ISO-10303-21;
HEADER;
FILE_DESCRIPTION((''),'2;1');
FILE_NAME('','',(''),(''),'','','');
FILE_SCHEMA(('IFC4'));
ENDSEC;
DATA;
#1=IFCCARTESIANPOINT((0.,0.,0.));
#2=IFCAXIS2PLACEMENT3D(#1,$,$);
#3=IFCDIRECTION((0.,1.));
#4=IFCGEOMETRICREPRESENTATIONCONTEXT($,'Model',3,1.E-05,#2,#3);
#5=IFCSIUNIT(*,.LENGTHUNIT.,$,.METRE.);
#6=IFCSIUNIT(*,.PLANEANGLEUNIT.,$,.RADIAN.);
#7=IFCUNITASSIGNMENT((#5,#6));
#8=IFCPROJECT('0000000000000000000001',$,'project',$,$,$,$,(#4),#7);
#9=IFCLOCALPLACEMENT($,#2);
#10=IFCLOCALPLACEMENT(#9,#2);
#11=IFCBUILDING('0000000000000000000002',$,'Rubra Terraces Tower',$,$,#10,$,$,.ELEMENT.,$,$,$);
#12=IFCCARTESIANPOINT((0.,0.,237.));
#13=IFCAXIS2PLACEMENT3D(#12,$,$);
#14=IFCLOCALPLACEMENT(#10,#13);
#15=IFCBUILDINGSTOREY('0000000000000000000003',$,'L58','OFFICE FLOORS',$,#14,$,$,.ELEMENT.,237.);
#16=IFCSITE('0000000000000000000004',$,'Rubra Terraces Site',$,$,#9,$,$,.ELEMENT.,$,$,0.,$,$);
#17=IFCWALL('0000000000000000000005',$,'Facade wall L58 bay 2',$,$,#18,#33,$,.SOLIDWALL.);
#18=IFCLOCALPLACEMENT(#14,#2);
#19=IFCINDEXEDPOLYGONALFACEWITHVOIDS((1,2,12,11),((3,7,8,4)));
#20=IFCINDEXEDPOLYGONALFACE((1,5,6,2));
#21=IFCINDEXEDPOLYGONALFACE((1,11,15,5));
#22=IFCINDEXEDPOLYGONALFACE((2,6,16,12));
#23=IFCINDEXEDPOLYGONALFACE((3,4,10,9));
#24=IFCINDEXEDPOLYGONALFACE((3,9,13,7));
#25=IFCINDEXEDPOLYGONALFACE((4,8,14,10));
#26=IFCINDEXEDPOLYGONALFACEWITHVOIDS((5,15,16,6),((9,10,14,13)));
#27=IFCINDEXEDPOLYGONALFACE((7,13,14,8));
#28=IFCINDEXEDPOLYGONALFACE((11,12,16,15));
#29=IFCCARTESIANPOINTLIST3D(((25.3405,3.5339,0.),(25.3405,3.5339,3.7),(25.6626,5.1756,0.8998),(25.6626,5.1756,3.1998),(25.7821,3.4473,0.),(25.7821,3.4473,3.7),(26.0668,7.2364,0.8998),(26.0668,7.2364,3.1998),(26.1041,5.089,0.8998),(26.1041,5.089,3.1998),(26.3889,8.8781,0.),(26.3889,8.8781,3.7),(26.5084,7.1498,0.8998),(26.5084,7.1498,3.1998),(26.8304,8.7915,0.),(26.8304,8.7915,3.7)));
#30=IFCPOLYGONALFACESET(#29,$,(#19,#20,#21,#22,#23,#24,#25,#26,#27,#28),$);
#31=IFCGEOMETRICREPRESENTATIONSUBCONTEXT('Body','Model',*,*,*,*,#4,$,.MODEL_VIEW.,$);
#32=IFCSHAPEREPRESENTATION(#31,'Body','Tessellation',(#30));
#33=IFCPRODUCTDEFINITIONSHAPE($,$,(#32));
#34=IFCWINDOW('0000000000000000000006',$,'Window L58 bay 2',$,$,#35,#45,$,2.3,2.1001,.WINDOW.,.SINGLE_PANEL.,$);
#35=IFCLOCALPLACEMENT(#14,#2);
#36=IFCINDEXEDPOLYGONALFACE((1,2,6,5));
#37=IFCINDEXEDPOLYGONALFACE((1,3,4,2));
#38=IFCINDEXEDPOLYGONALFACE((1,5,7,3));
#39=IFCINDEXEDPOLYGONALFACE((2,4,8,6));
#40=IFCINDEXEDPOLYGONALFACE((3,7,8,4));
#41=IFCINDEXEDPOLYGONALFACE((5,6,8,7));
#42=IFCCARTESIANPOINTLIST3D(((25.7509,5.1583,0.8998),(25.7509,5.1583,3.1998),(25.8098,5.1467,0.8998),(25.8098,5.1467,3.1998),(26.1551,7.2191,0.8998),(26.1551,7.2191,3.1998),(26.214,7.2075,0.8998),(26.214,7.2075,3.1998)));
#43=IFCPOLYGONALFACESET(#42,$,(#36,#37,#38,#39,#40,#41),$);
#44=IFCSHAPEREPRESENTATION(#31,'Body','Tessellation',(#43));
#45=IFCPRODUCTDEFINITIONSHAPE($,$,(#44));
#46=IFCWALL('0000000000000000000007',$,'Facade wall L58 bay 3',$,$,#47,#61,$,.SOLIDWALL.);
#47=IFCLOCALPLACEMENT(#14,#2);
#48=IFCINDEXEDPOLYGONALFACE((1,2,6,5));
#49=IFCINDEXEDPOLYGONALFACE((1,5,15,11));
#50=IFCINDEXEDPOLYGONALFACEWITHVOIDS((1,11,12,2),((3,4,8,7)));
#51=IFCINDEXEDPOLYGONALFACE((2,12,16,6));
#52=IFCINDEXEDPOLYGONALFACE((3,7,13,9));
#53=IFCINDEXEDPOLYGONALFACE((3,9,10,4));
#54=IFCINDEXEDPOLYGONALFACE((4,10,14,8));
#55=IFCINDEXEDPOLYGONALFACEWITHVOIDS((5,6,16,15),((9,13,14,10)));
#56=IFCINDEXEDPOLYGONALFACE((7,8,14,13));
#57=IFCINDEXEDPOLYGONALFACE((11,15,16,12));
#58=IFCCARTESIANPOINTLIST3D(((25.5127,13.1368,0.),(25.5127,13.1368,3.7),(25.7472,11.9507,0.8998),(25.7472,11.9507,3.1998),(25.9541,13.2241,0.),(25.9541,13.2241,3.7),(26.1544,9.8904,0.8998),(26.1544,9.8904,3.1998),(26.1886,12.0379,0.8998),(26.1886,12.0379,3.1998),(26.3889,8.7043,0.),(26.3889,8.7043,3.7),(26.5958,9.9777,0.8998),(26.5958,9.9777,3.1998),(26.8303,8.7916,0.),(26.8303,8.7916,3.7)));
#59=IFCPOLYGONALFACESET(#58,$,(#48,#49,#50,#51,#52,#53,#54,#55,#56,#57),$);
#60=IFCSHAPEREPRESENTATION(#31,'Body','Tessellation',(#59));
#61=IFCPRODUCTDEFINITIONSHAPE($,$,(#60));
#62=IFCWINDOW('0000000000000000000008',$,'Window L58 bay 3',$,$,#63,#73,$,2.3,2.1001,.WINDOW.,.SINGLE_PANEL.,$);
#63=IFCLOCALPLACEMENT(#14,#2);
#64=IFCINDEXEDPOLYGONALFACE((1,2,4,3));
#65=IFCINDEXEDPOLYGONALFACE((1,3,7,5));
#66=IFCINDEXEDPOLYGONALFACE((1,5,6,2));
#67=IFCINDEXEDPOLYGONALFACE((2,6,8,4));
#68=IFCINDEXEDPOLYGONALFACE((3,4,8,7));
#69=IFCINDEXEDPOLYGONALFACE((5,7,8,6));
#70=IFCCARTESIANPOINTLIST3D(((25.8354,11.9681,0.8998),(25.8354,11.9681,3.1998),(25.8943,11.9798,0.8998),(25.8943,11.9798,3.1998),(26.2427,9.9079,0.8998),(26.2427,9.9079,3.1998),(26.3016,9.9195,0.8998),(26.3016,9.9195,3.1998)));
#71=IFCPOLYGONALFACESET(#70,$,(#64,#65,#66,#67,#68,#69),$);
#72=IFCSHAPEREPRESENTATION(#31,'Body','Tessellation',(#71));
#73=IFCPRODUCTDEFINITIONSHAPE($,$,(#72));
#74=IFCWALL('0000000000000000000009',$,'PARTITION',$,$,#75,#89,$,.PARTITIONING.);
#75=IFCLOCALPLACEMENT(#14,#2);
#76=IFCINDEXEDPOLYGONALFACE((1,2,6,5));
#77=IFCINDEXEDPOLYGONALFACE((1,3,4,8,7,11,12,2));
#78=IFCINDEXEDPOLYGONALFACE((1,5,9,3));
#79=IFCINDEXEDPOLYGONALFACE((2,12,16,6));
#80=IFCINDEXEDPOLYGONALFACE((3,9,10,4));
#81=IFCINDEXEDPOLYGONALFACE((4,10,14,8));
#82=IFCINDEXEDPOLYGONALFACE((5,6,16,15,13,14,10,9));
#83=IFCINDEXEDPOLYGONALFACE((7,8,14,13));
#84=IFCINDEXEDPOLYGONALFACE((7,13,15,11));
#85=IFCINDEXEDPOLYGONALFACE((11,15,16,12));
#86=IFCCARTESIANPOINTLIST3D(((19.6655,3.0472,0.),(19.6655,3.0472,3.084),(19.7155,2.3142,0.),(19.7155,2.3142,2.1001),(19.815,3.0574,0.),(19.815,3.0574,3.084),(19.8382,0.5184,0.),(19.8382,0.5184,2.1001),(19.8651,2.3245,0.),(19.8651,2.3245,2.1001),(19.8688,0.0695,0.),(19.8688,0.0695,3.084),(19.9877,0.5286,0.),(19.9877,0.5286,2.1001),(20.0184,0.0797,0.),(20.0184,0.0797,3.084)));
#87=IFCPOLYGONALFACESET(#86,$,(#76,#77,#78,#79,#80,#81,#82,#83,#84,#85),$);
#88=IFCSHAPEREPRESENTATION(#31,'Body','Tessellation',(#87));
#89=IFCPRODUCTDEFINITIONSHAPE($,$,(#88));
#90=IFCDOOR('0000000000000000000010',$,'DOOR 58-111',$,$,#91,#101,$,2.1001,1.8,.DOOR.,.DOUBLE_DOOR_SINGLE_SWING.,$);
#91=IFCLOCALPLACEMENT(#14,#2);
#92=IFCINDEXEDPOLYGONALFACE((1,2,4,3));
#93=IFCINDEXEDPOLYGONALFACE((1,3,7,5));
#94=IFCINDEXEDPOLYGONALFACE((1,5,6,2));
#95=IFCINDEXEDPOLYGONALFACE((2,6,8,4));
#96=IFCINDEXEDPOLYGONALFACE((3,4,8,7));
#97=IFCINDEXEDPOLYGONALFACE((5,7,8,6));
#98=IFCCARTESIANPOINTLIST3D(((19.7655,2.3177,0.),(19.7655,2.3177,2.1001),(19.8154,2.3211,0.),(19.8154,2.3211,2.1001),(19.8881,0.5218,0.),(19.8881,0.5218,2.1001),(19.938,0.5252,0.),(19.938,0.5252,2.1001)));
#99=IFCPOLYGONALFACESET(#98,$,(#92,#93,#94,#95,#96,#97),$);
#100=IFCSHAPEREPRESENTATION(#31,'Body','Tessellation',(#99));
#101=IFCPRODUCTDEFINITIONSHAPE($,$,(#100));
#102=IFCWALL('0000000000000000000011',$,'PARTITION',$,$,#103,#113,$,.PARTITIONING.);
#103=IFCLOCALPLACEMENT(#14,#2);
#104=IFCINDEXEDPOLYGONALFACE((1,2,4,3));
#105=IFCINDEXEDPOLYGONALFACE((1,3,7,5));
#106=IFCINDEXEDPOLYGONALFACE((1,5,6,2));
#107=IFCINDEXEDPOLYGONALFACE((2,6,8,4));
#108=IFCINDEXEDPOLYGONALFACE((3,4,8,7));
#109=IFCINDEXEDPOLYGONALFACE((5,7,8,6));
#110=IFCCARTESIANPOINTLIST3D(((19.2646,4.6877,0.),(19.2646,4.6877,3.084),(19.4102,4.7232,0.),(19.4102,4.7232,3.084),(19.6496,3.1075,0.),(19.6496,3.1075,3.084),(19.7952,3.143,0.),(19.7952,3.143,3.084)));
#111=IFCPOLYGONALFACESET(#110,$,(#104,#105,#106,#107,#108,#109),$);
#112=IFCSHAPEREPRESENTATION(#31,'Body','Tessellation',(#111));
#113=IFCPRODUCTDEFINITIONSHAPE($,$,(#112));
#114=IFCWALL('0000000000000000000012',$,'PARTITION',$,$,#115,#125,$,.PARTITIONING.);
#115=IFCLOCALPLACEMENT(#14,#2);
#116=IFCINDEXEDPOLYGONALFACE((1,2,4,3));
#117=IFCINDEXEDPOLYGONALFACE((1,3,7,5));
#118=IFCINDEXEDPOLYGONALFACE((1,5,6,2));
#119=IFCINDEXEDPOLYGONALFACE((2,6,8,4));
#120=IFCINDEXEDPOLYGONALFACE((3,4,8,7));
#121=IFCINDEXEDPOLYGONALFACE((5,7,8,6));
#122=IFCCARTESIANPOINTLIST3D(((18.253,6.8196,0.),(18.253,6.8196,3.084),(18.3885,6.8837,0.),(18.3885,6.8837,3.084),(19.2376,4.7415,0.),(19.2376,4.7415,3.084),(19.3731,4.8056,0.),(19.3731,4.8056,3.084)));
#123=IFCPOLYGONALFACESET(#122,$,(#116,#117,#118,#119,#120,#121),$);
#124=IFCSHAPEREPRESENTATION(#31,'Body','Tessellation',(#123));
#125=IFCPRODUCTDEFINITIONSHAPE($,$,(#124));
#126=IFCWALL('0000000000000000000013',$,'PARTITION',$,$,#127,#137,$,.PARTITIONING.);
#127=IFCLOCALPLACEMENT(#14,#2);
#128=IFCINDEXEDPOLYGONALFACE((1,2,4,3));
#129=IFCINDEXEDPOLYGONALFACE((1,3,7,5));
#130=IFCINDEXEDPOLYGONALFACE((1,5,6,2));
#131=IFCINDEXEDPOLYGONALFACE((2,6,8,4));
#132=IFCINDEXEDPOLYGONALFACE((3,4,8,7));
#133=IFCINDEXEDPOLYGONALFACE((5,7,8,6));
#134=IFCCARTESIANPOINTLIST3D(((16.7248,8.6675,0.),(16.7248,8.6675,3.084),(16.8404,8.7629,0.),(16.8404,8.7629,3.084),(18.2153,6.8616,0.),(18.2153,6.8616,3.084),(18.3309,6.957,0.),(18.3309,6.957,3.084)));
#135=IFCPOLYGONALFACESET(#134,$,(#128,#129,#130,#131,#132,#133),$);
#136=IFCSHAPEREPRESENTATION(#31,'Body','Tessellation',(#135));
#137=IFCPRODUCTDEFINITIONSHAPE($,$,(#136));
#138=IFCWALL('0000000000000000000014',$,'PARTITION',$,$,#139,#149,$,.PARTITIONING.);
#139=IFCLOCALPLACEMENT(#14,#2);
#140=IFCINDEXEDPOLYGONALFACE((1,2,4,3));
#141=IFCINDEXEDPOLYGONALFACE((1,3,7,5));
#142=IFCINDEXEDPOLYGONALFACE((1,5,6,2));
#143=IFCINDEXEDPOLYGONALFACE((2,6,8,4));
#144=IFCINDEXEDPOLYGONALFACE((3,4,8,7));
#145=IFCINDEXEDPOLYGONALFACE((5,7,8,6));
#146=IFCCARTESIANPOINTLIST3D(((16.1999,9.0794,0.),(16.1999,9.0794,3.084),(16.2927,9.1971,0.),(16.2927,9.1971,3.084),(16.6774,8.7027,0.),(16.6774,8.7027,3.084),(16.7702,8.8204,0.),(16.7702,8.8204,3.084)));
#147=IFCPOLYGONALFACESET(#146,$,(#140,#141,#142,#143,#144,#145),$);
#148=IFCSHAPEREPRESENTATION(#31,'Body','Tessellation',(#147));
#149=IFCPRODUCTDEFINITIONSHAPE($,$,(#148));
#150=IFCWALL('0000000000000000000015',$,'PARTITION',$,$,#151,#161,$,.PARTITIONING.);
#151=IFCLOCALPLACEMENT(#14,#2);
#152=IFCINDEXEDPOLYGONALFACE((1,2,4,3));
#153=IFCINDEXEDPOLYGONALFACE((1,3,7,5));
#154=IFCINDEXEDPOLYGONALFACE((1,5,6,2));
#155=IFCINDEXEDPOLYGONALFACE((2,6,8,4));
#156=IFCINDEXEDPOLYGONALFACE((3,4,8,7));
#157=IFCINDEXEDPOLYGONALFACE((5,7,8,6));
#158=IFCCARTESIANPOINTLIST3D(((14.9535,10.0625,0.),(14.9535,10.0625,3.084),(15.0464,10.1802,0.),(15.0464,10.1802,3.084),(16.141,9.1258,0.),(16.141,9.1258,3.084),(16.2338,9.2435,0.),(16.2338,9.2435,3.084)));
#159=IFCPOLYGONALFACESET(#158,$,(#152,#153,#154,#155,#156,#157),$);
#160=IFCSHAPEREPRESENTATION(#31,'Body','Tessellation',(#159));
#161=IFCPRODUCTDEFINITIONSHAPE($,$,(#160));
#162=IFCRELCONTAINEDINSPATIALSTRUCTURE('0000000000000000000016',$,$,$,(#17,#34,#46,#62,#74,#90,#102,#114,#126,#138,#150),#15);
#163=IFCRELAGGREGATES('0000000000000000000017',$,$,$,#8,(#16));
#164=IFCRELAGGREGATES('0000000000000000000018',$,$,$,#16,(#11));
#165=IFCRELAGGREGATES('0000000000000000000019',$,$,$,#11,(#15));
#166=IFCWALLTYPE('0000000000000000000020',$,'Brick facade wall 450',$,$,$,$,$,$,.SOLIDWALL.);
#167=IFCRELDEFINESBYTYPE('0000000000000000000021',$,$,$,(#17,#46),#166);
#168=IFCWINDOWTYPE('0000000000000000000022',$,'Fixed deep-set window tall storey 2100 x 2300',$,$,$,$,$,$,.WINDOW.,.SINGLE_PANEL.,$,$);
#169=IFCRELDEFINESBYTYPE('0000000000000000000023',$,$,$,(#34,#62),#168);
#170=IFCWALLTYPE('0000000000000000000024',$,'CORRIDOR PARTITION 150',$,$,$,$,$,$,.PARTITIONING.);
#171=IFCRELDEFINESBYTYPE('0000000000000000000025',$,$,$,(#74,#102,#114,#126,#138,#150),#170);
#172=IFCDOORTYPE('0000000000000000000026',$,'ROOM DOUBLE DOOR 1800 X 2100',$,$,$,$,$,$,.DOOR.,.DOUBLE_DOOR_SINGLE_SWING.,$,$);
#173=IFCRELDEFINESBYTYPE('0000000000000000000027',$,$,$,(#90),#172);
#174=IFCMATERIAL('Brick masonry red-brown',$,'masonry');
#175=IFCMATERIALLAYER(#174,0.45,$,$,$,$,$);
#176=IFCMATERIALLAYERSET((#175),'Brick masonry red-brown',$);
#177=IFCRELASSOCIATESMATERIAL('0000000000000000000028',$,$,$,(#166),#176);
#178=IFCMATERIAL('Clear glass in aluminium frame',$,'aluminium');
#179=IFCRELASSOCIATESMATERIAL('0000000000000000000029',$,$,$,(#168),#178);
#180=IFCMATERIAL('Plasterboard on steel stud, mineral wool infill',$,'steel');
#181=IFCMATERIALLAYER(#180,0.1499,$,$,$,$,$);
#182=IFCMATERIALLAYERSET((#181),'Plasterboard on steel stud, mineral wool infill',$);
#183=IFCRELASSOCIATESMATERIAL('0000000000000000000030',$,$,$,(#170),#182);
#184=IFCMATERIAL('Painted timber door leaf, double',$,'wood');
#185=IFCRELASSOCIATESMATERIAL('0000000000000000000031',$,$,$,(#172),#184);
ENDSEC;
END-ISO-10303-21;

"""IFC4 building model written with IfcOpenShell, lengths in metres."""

from ifc_helpers import new_model, si_unit, direction, frame, frame_2d, origin, place, context, subcontext, project, spatial, rectangle, extrude, material, layer, layer_set, type_object, element, fill, save


model = new_model("IFC4")

# Units and contexts
model_context = context("Model", 3, precision=1e-05, world=origin(), true_north=direction((0.0, 1.0)))
body_context = subcontext(model_context, "Body", "Model", "MODEL_VIEW")
ifc_project = project(units=[si_unit("LENGTHUNIT", "METRE"), si_unit("PLANEANGLEUNIT", "RADIAN")], contexts=[model_context])

# Site, building, storey
site_placement = place(None, origin())
site = spatial("IfcSite", under=ifc_project, at=site_placement, Name="Rubra Terraces Site", CompositionType="ELEMENT", RefElevation=0.0)
building_placement = place(site_placement, origin())
building = spatial("IfcBuilding", under=site, at=building_placement, Name="Rubra Terraces Tower", CompositionType="ELEMENT")
storey_placement = place(building_placement, frame((0.0, 0.0, 237.0)))
storey = spatial("IfcBuildingStorey", under=building, at=storey_placement, Name="L58", Description="OFFICE FLOORS", CompositionType="ELEMENT", Elevation=237.0)

# Walls, openings, windows
ifc_material_1 = material(Name="Brick masonry red-brown", Category="masonry")
ifc_layer_1 = layer(ifc_material_1, 0.45)
ifc_layer_set_1 = layer_set([ifc_layer_1], Name="Brick masonry red-brown")
wall_type_1 = type_object("IfcWallType", Name="Brick facade wall 450", PredefinedType="SOLIDWALL", material=ifc_layer_set_1)
wall_1_placement = place(storey_placement, frame((25.5613, 3.4905, 0.0), z_axis=(0.0, 0.0, 1.0), x_axis=(0.192494, 0.981298, 0.0)))
wall_1 = element("IfcWall", 1, at=wall_1_placement, inside=storey, type_object=wall_type_1, Name="Facade wall L58 bay 2", PredefinedType="SOLIDWALL", context=body_context, shape_type="SweptSolid", body=[
    extrude(rectangle(XDim=5.446, YDim=0.45, at=frame_2d((2.7231, 0.0))), origin(), (0.0, 0.0, 1.0), 3.7),
])
opening_1_placement = place(wall_1_placement, frame((1.6731, 0.0, 0.8999)))
opening_1 = element("IfcOpeningElement", 2, at=opening_1_placement, cuts=wall_1, PredefinedType="OPENING", context=body_context, shape_type="SweptSolid", body=[
    extrude(rectangle(XDim=2.1001, YDim=2.3, at=frame_2d((1.05, 1.1499))), frame((0.0, 0.2349, 0.0), z_axis=(0.0, -1.0, 0.0), x_axis=(1.0, 0.0, 0.0)), (0.0, 0.0, 1.0), 0.47),
])
ifc_material_2 = material(Name="Clear glass in aluminium frame", Category="aluminium")
window_type = type_object("IfcWindowType", Name="Fixed deep-set window tall storey 2100 x 2300", PartitioningType="SINGLE_PANEL", PredefinedType="WINDOW", material=ifc_material_2)
window_1_placement = place(opening_1_placement, origin())
window_1 = element("IfcWindow", 3, at=window_1_placement, inside=storey, type_object=window_type, Name="Window L58 bay 2", OverallHeight=2.3, OverallWidth=2.1001, PartitioningType="SINGLE_PANEL", PredefinedType="WINDOW", context=body_context, shape_type="SweptSolid", body=[
    extrude(rectangle(XDim=2.1001, YDim=2.3, at=frame_2d((1.05, 1.1499))), frame((0.0, 0.135, 0.0), z_axis=(0.0, -1.0, 0.0), x_axis=(1.0, 0.0, 0.0)), (0.0, 0.0, 1.0), 0.0601),
])
fill(opening_1, window_1)
wall_2_placement = place(storey_placement, frame((26.6096, 8.7478, 0.0), z_axis=(0.0, 0.0, 1.0), x_axis=(-0.193923, 0.981017, 0.0)))
wall_2 = element("IfcWall", 4, at=wall_2_placement, inside=storey, type_object=wall_type_1, Name="Facade wall L58 bay 3", PredefinedType="SOLIDWALL", context=body_context, shape_type="SweptSolid", body=[
    extrude(rectangle(XDim=4.5183, YDim=0.45, at=frame_2d((2.2593, 0.0))), origin(), (0.0, 0.0, 1.0), 3.7),
])
opening_2_placement = place(wall_2_placement, frame((1.2092, 0.0, 0.8999)))
opening_2 = element("IfcOpeningElement", 5, at=opening_2_placement, cuts=wall_2, PredefinedType="OPENING", context=body_context, shape_type="SweptSolid", body=[
    extrude(rectangle(XDim=2.1001, YDim=2.3, at=frame_2d((1.05, 1.1499))), frame((0.0, 0.2349, 0.0), z_axis=(0.0, -1.0, 0.0), x_axis=(1.0, 0.0, 0.0)), (0.0, 0.0, 1.0), 0.47),
])
window_2_placement = place(opening_2_placement, origin())
window_2 = element("IfcWindow", 6, at=window_2_placement, inside=storey, type_object=window_type, Name="Window L58 bay 3", OverallHeight=2.3, OverallWidth=2.1001, PartitioningType="SINGLE_PANEL", PredefinedType="WINDOW", context=body_context, shape_type="SweptSolid", body=[
    extrude(rectangle(XDim=2.1001, YDim=2.3, at=frame_2d((1.05, 1.1499))), frame((0.0, 0.135, 0.0), z_axis=(0.0, -1.0, 0.0), x_axis=(1.0, 0.0, 0.0)), (0.0, 0.0, 1.0), 0.0601),
])
fill(opening_2, window_2)

# Wall, opening, door
ifc_material_3 = material(Name="Plasterboard on steel stud, mineral wool infill", Category="steel")
ifc_layer_2 = layer(ifc_material_3, 0.1499)
ifc_layer_set_2 = layer_set([ifc_layer_2], Name="Plasterboard on steel stud, mineral wool infill")
wall_type_2 = type_object("IfcWallType", Name="CORRIDOR PARTITION 150", PredefinedType="PARTITIONING", material=ifc_layer_set_2)
wall_3_placement = place(storey_placement, frame((19.9436, 0.0747, 0.0), z_axis=(0.0, 0.0, 1.0), x_axis=(-0.068137, 0.997676, 0.0)))
wall_3 = element("IfcWall", 7, at=wall_3_placement, inside=storey, type_object=wall_type_2, Name="PARTITION", PredefinedType="PARTITIONING", context=body_context, shape_type="SweptSolid", body=[
    extrude(rectangle(XDim=2.9846, YDim=0.1499, at=frame_2d((1.4922, 0.0))), origin(), (0.0, 0.0, 1.0), 3.084),
])
opening_3_placement = place(wall_3_placement, frame((0.45, 0.0, 0.0)))
opening_3 = element("IfcOpeningElement", 8, at=opening_3_placement, cuts=wall_3, PredefinedType="OPENING", context=body_context, shape_type="SweptSolid", body=[
    extrude(rectangle(XDim=1.8, YDim=2.1001, at=frame_2d((0.8999, 1.05))), frame((0.0, 0.085, 0.0), z_axis=(0.0, -1.0, 0.0), x_axis=(1.0, 0.0, 0.0)), (0.0, 0.0, 1.0), 0.1699),
])
ifc_material_4 = material(Name="Painted timber door leaf, double", Category="wood")
door_type = type_object("IfcDoorType", Name="ROOM DOUBLE DOOR 1800 X 2100", OperationType="DOUBLE_DOOR_SINGLE_SWING", PredefinedType="DOOR", material=ifc_material_4)
door_1_placement = place(opening_3_placement, origin())
door_1 = element("IfcDoor", 9, at=door_1_placement, inside=storey, type_object=door_type, Name="DOOR 58-111", OperationType="DOUBLE_DOOR_SINGLE_SWING", OverallHeight=2.1001, OverallWidth=1.8, PredefinedType="DOOR", context=body_context, shape_type="SweptSolid", body=[
    extrude(rectangle(XDim=1.8, YDim=2.1001, at=frame_2d((0.8999, 1.05))), frame((0.0, 0.0249, 0.0), z_axis=(0.0, -1.0, 0.0), x_axis=(1.0, 0.0, 0.0)), (0.0, 0.0, 1.0), 0.05),
])
fill(opening_3, door_1)

# Walls
wall_4_placement = place(storey_placement, frame((19.7224, 3.1252, 0.0), z_axis=(0.0, 0.0, 1.0), x_axis=(-0.236704, 0.971582, 0.0)))
element("IfcWall", 10, at=wall_4_placement, inside=storey, type_object=wall_type_2, Name="PARTITION", PredefinedType="PARTITIONING", context=body_context, shape_type="SweptSolid", body=[
    extrude(rectangle(XDim=1.6265, YDim=0.1499, at=frame_2d((0.8132, 0.0))), origin(), (0.0, 0.0, 1.0), 3.084),
])
wall_5_placement = place(storey_placement, frame((19.3054, 4.7734, 0.0), z_axis=(0.0, 0.0, 1.0), x_axis=(-0.428173, 0.903697, 0.0)))
element("IfcWall", 11, at=wall_5_placement, inside=storey, type_object=wall_type_2, Name="PARTITION", PredefinedType="PARTITIONING", context=body_context, shape_type="SweptSolid", body=[
    extrude(rectangle(XDim=2.2996, YDim=0.1499, at=frame_2d((1.1499, 0.0))), origin(), (0.0, 0.0, 1.0), 3.084),
])
wall_6_placement = place(storey_placement, frame((18.2732, 6.9092, 0.0), z_axis=(0.0, 0.0, 1.0), x_axis=(-0.636536, 0.771247, 0.0)))
element("IfcWall", 12, at=wall_6_placement, inside=storey, type_object=wall_type_2, Name="PARTITION", PredefinedType="PARTITIONING", context=body_context, shape_type="SweptSolid", body=[
    extrude(rectangle(XDim=2.3416, YDim=0.1499, at=frame_2d((1.1709, 0.0))), origin(), (0.0, 0.0, 1.0), 3.084),
])
wall_7_placement = place(storey_placement, frame((16.7239, 8.7615, 0.0), z_axis=(0.0, 0.0, 1.0), x_axis=(-0.785119, 0.619345, 0.0)))
element("IfcWall", 13, at=wall_7_placement, inside=storey, type_object=wall_type_2, Name="PARTITION", PredefinedType="PARTITIONING", context=body_context, shape_type="SweptSolid", body=[
    extrude(rectangle(XDim=0.6082, YDim=0.1499, at=frame_2d((0.3042, 0.0))), origin(), (0.0, 0.0, 1.0), 3.084),
])
wall_8_placement = place(storey_placement, frame((16.1875, 9.1846, 0.0), z_axis=(0.0, 0.0, 1.0), x_axis=(-0.785118, 0.619346, 0.0)))
element("IfcWall", 14, at=wall_8_placement, inside=storey, type_object=wall_type_2, Name="PARTITION", PredefinedType="PARTITIONING", context=body_context, shape_type="SweptSolid", body=[
    extrude(rectangle(XDim=1.5125, YDim=0.1499, at=frame_2d((0.7563, 0.0))), origin(), (0.0, 0.0, 1.0), 3.084),
])

save(model, "model.ifc")
